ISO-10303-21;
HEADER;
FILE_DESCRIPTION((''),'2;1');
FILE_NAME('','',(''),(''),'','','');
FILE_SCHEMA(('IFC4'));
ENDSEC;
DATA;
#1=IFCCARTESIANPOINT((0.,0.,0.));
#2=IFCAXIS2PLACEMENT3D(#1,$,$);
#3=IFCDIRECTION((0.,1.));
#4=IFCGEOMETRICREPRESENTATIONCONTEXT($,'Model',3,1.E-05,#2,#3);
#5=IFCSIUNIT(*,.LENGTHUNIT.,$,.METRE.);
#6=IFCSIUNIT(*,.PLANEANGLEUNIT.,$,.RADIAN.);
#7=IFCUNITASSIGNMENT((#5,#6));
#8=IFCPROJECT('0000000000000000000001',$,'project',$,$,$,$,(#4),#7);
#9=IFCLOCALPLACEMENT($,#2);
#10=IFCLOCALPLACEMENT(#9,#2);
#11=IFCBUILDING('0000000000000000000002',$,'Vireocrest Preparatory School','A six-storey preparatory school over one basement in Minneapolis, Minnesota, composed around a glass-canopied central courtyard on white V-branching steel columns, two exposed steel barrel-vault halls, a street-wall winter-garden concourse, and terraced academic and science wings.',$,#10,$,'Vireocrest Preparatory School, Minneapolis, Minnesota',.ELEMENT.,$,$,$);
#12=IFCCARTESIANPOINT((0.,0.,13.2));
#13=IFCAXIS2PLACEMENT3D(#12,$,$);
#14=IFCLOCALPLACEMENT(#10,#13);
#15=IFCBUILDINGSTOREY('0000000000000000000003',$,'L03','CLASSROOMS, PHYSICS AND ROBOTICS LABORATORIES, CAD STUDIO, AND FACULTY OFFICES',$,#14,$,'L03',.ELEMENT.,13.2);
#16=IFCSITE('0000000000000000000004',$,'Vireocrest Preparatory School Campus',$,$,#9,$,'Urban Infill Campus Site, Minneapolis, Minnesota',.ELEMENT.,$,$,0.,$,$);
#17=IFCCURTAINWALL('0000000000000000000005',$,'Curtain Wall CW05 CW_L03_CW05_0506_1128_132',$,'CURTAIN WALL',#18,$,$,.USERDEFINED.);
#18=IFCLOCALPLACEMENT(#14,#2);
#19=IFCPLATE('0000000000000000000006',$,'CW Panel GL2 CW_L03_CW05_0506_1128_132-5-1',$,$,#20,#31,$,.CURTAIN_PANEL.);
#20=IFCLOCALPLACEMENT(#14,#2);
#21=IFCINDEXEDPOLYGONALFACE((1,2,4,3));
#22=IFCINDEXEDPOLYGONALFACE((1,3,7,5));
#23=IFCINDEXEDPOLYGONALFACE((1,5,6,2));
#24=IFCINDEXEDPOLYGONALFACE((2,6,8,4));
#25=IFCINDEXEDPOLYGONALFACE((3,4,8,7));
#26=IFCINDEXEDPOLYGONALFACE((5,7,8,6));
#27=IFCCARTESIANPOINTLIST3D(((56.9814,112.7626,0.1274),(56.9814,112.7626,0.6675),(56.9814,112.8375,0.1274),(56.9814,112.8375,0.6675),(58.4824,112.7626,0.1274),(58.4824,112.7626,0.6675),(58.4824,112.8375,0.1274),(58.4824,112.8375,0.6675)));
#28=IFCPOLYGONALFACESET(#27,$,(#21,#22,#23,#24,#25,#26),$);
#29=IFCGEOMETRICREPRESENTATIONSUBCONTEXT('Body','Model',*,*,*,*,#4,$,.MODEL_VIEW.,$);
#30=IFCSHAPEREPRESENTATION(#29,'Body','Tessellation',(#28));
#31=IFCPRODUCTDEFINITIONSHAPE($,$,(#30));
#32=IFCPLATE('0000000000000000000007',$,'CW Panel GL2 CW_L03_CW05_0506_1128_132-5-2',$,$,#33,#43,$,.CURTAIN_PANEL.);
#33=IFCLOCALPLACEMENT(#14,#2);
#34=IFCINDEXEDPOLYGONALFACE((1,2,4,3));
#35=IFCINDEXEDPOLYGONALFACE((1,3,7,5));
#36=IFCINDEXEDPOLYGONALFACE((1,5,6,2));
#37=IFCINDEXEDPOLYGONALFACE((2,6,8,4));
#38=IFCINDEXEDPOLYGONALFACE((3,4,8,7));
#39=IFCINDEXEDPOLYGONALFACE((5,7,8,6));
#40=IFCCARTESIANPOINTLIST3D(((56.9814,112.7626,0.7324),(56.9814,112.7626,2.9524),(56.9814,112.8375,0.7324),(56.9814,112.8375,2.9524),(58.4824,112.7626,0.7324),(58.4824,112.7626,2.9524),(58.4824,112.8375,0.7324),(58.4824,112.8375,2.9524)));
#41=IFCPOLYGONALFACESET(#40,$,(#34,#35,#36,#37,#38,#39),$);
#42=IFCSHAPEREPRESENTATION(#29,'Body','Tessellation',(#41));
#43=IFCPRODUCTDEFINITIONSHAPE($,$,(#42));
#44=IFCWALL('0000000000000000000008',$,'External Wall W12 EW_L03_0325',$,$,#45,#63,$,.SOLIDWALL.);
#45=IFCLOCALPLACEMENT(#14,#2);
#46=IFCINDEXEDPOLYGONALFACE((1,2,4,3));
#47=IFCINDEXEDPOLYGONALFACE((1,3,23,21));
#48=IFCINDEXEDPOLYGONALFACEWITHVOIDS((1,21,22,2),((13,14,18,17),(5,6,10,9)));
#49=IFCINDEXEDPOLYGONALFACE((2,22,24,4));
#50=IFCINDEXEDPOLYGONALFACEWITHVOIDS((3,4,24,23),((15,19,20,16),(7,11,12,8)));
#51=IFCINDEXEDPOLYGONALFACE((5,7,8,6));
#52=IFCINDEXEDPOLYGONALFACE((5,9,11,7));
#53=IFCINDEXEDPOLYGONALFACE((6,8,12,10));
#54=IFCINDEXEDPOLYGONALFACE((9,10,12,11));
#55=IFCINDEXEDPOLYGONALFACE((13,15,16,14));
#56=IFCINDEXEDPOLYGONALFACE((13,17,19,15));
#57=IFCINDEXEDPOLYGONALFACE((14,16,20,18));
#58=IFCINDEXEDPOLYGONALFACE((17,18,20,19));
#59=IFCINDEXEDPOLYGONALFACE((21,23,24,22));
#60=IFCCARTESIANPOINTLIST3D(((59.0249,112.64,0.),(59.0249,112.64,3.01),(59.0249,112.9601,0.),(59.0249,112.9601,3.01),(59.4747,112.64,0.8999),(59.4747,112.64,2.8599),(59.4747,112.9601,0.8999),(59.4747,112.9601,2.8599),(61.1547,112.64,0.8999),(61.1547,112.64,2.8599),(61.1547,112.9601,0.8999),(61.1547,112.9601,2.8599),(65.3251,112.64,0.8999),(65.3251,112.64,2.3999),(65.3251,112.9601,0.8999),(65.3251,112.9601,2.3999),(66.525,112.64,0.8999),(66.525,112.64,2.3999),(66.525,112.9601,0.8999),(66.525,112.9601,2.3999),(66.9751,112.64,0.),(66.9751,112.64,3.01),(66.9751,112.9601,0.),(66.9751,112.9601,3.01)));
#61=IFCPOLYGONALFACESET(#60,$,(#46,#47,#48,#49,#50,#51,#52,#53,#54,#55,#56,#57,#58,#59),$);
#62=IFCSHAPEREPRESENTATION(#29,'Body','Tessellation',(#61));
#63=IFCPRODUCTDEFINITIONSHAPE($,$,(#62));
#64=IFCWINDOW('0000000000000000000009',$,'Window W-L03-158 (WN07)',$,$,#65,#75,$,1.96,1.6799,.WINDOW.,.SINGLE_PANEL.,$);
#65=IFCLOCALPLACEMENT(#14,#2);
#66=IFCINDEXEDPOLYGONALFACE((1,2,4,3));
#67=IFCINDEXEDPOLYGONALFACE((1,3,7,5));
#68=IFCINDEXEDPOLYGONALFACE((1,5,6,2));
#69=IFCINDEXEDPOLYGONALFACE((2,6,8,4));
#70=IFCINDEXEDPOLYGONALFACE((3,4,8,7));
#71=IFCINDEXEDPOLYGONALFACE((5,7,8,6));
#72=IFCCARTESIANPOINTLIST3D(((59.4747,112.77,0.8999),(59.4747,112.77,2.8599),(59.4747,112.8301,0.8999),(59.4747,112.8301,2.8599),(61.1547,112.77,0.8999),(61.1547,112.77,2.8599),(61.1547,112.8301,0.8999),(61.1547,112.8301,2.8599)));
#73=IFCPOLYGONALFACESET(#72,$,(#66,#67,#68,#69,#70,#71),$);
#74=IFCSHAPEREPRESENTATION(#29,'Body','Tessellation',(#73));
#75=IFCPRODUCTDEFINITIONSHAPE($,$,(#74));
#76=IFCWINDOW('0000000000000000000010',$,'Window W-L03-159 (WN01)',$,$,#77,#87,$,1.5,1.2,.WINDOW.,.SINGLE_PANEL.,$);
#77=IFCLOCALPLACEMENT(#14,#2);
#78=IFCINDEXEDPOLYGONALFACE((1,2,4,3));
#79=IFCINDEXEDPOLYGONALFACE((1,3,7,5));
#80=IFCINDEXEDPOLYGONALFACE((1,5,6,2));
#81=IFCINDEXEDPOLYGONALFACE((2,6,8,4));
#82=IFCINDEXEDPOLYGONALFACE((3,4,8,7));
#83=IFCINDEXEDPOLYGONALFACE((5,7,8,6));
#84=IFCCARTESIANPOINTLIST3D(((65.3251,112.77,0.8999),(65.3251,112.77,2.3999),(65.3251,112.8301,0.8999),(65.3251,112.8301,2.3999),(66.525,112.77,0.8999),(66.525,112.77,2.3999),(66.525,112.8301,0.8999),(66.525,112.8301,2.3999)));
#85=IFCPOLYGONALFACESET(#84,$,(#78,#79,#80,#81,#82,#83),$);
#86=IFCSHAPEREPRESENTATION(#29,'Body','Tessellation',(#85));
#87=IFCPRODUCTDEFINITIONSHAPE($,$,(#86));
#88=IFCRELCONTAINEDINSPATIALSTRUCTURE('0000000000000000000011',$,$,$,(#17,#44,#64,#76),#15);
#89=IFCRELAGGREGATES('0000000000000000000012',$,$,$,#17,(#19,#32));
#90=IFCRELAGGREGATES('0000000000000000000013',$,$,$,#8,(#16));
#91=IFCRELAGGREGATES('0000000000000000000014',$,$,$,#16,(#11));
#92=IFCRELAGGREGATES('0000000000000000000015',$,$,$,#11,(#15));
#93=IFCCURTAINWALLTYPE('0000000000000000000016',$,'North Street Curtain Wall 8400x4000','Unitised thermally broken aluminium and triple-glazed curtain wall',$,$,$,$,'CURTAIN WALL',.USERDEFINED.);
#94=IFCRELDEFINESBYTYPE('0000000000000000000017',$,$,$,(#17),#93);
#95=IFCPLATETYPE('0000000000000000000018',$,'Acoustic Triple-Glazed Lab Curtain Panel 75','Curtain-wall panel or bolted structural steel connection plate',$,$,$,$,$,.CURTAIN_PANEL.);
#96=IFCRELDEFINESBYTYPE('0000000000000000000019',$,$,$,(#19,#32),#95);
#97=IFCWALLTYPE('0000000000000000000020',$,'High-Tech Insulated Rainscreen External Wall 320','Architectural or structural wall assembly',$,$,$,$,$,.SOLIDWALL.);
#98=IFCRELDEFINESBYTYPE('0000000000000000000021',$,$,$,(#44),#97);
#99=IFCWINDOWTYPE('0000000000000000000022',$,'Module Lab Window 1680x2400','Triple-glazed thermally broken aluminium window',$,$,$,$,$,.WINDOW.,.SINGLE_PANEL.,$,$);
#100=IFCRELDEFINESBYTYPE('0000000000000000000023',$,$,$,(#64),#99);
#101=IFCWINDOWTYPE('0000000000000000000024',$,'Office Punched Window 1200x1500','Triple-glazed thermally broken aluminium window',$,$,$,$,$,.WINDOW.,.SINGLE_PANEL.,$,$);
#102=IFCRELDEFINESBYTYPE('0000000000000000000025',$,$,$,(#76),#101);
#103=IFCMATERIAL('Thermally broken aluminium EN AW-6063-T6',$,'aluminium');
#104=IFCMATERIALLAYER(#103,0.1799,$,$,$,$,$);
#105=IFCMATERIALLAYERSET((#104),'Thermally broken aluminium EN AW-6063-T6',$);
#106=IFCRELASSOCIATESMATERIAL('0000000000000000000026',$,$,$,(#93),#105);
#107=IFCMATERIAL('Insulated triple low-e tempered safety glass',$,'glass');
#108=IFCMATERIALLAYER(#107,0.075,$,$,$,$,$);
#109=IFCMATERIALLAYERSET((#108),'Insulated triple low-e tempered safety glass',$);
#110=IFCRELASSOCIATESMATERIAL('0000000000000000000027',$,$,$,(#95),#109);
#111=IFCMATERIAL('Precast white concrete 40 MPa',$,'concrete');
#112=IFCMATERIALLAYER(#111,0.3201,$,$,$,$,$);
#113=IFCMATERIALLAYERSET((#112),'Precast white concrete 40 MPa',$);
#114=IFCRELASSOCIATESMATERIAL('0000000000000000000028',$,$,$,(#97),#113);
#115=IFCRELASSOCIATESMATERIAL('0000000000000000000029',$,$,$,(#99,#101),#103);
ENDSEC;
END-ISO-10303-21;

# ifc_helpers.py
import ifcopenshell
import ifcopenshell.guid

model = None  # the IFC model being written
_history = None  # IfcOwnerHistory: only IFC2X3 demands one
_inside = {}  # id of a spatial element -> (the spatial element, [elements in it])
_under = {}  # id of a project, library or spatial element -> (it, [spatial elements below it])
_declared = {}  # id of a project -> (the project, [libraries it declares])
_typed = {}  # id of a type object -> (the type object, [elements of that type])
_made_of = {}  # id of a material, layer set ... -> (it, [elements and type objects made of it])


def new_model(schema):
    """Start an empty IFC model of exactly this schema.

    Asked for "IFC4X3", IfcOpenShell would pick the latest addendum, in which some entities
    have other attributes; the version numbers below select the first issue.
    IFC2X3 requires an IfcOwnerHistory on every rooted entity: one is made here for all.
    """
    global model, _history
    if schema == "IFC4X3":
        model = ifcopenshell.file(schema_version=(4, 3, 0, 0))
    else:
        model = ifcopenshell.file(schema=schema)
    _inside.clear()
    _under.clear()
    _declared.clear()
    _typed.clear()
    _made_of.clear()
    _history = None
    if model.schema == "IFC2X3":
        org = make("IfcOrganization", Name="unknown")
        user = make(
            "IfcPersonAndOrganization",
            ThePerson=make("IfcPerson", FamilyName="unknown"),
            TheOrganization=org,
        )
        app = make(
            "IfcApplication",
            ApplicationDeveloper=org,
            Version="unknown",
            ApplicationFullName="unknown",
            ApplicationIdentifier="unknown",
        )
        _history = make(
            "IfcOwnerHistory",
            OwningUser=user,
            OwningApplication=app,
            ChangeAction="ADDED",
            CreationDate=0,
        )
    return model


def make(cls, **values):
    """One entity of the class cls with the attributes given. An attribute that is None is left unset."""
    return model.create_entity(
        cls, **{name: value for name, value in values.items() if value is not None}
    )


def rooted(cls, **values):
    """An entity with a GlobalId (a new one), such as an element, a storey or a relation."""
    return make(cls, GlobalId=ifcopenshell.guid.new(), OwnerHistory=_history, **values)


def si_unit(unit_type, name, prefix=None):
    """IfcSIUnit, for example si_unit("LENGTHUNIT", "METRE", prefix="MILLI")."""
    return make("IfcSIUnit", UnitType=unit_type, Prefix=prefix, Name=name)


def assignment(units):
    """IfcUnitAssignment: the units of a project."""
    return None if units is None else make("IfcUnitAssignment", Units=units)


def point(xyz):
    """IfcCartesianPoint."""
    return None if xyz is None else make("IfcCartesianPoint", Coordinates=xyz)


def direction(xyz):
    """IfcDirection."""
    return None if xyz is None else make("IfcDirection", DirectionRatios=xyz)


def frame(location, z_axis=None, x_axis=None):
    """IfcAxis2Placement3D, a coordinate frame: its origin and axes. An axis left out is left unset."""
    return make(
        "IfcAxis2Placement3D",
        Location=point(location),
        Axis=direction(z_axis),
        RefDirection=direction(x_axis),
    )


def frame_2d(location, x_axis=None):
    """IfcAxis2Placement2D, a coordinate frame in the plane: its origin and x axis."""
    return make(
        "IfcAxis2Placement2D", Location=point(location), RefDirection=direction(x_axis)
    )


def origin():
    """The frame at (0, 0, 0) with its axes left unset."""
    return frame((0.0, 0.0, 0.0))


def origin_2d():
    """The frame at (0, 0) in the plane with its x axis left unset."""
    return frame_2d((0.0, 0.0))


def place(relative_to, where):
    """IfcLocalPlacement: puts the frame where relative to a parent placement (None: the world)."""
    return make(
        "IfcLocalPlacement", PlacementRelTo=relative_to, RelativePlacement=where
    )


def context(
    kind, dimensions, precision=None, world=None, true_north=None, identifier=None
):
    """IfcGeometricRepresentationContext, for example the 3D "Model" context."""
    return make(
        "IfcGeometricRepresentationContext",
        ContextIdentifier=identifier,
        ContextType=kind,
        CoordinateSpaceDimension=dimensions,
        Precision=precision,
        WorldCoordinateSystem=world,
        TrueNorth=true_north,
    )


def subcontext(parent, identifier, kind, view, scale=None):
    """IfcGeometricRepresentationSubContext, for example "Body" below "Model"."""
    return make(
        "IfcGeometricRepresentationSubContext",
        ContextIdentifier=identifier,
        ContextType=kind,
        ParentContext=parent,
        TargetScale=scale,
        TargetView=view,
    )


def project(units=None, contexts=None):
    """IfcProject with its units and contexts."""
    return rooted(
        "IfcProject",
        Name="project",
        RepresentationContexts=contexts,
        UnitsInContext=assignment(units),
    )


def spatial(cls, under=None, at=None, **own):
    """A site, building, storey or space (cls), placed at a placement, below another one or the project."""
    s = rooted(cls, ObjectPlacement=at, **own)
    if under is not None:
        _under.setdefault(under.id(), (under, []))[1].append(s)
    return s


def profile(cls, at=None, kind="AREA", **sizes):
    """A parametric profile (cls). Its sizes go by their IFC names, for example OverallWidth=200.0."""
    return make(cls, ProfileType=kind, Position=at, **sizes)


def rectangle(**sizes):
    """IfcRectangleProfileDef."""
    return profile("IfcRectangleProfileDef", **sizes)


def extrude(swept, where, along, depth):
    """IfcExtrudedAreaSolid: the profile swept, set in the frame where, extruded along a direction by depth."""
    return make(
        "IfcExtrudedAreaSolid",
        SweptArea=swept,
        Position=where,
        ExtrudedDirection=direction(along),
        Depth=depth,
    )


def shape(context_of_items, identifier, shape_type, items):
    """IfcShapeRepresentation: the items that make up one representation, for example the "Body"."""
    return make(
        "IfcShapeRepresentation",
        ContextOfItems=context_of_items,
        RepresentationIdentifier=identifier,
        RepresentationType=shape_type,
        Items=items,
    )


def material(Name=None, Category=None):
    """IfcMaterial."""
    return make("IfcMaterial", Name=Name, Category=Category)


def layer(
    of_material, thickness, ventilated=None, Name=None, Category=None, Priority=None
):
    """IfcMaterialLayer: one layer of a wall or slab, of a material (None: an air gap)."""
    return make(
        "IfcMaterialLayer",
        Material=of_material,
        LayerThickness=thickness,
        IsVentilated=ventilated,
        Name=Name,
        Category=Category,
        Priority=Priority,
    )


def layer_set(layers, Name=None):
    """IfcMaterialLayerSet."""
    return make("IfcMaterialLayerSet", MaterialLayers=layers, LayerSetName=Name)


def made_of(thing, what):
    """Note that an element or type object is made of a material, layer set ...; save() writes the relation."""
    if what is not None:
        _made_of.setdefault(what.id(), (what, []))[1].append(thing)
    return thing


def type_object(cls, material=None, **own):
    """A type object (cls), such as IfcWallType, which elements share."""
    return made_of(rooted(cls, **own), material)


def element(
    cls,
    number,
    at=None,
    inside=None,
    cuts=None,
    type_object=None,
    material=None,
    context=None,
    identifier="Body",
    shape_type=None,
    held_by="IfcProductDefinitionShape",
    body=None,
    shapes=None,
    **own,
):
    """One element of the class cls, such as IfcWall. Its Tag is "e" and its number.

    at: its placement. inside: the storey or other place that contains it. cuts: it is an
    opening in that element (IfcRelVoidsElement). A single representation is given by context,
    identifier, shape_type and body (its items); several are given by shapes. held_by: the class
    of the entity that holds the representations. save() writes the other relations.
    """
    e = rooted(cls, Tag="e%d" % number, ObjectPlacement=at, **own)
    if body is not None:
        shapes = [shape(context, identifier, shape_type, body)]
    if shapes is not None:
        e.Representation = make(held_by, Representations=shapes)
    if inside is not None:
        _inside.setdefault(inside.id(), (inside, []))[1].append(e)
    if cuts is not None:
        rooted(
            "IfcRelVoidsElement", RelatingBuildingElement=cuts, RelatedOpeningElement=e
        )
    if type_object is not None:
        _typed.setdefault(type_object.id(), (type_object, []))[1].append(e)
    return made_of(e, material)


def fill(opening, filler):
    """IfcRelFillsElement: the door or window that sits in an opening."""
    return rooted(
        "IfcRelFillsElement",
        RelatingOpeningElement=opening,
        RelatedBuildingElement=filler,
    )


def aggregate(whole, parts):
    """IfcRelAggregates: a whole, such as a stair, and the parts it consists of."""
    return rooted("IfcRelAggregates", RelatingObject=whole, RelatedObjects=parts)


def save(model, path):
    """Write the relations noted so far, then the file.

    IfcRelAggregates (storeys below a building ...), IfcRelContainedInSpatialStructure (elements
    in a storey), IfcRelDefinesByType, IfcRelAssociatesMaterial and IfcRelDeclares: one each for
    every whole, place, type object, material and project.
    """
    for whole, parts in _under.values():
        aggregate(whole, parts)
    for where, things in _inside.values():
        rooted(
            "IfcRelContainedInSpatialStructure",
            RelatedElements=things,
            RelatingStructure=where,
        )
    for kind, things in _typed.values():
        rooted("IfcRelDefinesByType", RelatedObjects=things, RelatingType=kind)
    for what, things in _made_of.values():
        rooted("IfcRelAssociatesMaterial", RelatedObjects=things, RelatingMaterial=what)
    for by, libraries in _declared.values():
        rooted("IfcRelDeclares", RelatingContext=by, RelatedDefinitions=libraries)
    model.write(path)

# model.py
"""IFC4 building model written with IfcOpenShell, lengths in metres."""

from ifc_helpers import new_model, si_unit, direction, frame, frame_2d, origin, origin_2d, place, context, subcontext, project, spatial, rectangle, extrude, material, layer, layer_set, type_object, element, fill, aggregate, save


model = new_model("IFC4")

# Units and contexts
model_context = context("Model", 3, precision=1e-05, world=origin(), true_north=direction((0.0, 1.0)))
body_context = subcontext(model_context, "Body", "Model", "MODEL_VIEW")
ifc_project = project(units=[si_unit("LENGTHUNIT", "METRE"), si_unit("PLANEANGLEUNIT", "RADIAN")], contexts=[model_context])

# Site, building, storey
site_placement = place(None, origin())
site = spatial("IfcSite", under=ifc_project, at=site_placement, Name="Vireocrest Preparatory School Campus", LongName="Urban Infill Campus Site, Minneapolis, Minnesota", CompositionType="ELEMENT", RefElevation=0.0)
building_placement = place(site_placement, origin())
building = spatial("IfcBuilding", under=site, at=building_placement, Name="Vireocrest Preparatory School", Description="A six-storey preparatory school over one basement in Minneapolis, Minnesota, composed around a glass-canopied central courtyard on white V-branching steel columns, two exposed steel barrel-vault halls, a street-wall winter-garden concourse, and terraced academic and science wings.", LongName="Vireocrest Preparatory School, Minneapolis, Minnesota", CompositionType="ELEMENT")
storey_placement = place(building_placement, frame((0.0, 0.0, 13.2)))
storey = spatial("IfcBuildingStorey", under=building, at=storey_placement, Name="L03", Description="CLASSROOMS, PHYSICS AND ROBOTICS LABORATORIES, CAD STUDIO, AND FACULTY OFFICES", LongName="L03", CompositionType="ELEMENT", Elevation=13.2)

# Curtain wall
ifc_material_1 = material(Name="Thermally broken aluminium EN AW-6063-T6", Category="aluminium")
ifc_layer_1 = layer(ifc_material_1, 0.1799)
ifc_layer_set_1 = layer_set([ifc_layer_1], Name="Thermally broken aluminium EN AW-6063-T6")
curtain_wall_type = type_object("IfcCurtainWallType", Name="North Street Curtain Wall 8400x4000", Description="Unitised thermally broken aluminium and triple-glazed curtain wall", ElementType="CURTAIN WALL", PredefinedType="USERDEFINED", material=ifc_layer_set_1)
curtain_wall_placement = place(storey_placement, origin())
curtain_wall = element("IfcCurtainWall", 1, at=curtain_wall_placement, inside=storey, type_object=curtain_wall_type, Name="Curtain Wall CW05 CW_L03_CW05_0506_1128_132", ObjectType="CURTAIN WALL", PredefinedType="USERDEFINED")

# Plates
ifc_material_2 = material(Name="Insulated triple low-e tempered safety glass", Category="glass")
ifc_layer_2 = layer(ifc_material_2, 0.075)
ifc_layer_set_2 = layer_set([ifc_layer_2], Name="Insulated triple low-e tempered safety glass")
plate_type = type_object("IfcPlateType", Name="Acoustic Triple-Glazed Lab Curtain Panel 75", Description="Curtain-wall panel or bolted structural steel connection plate", PredefinedType="CURTAIN_PANEL", material=ifc_layer_set_2)
plate_1_placement = place(storey_placement, frame((57.7319, 112.8, 0.1274), z_axis=(0.0, 0.0, 1.0), x_axis=(1.0, 0.0, 0.0)))
plate_1 = element("IfcPlate", 2, at=plate_1_placement, type_object=plate_type, Name="CW Panel GL2 CW_L03_CW05_0506_1128_132-5-1", PredefinedType="CURTAIN_PANEL", context=body_context, shape_type="SweptSolid", body=[
    extrude(rectangle(XDim=1.501, YDim=0.075, at=origin_2d()), origin(), (0.0, 0.0, 1.0), 0.54),
])
plate_2_placement = place(storey_placement, frame((57.7319, 112.8, 0.7324), z_axis=(0.0, 0.0, 1.0), x_axis=(1.0, 0.0, 0.0)))
plate_2 = element("IfcPlate", 3, at=plate_2_placement, type_object=plate_type, Name="CW Panel GL2 CW_L03_CW05_0506_1128_132-5-2", PredefinedType="CURTAIN_PANEL", context=body_context, shape_type="SweptSolid", body=[
    extrude(rectangle(XDim=1.501, YDim=0.075, at=origin_2d()), origin(), (0.0, 0.0, 1.0), 2.22),
])
aggregate(curtain_wall, [plate_1, plate_2])

# Wall, openings, windows
ifc_material_3 = material(Name="Precast white concrete 40 MPa", Category="concrete")
ifc_layer_3 = layer(ifc_material_3, 0.3201)
ifc_layer_set_3 = layer_set([ifc_layer_3], Name="Precast white concrete 40 MPa")
wall_type = type_object("IfcWallType", Name="High-Tech Insulated Rainscreen External Wall 320", Description="Architectural or structural wall assembly", PredefinedType="SOLIDWALL", material=ifc_layer_set_3)
wall_placement = place(storey_placement, frame((59.0249, 112.8, 0.0), z_axis=(0.0, 0.0, 1.0), x_axis=(1.0, 0.0, 0.0)))
wall = element("IfcWall", 4, at=wall_placement, inside=storey, type_object=wall_type, Name="External Wall W12 EW_L03_0325", PredefinedType="SOLIDWALL", context=body_context, shape_type="SweptSolid", body=[
    extrude(rectangle(XDim=7.9502, YDim=0.3201, at=frame_2d((3.9751, 0.0))), origin(), (0.0, 0.0, 1.0), 3.01),
])
opening_1_placement = place(wall_placement, frame((0.45, 0.0, 0.8999)))
opening_1 = element("IfcOpeningElement", 5, at=opening_1_placement, cuts=wall, PredefinedType="OPENING", context=body_context, shape_type="SweptSolid", body=[
    extrude(rectangle(XDim=1.6799, YDim=1.96, at=frame_2d((0.8398, 0.98))), frame((0.0, 0.1699, 0.0), z_axis=(0.0, -1.0, 0.0), x_axis=(1.0, 0.0, 0.0)), (0.0, 0.0, 1.0), 0.3401),
])
opening_2_placement = place(wall_placement, frame((6.3, 0.0, 0.8999)))
opening_2 = element("IfcOpeningElement", 6, at=opening_2_placement, cuts=wall, PredefinedType="OPENING", context=body_context, shape_type="SweptSolid", body=[
    extrude(rectangle(XDim=1.2, YDim=1.5, at=frame_2d((0.6001, 0.75))), frame((0.0, 0.1699, 0.0), z_axis=(0.0, -1.0, 0.0), x_axis=(1.0, 0.0, 0.0)), (0.0, 0.0, 1.0), 0.3401),
])
window_type_1 = type_object("IfcWindowType", Name="Module Lab Window 1680x2400", Description="Triple-glazed thermally broken aluminium window", PartitioningType="SINGLE_PANEL", PredefinedType="WINDOW", material=ifc_material_1)
window_1_placement = place(opening_1_placement, origin())
window_1 = element("IfcWindow", 7, at=window_1_placement, inside=storey, type_object=window_type_1, Name="Window W-L03-158 (WN07)", OverallHeight=1.96, OverallWidth=1.6799, PartitioningType="SINGLE_PANEL", PredefinedType="WINDOW", context=body_context, shape_type="SweptSolid", body=[
    extrude(rectangle(XDim=1.6799, YDim=1.96, at=frame_2d((0.8398, 0.98))), frame((0.0, 0.03, 0.0), z_axis=(0.0, -1.0, 0.0), x_axis=(1.0, 0.0, 0.0)), (0.0, 0.0, 1.0), 0.0601),
])
fill(opening_1, window_1)
window_type_2 = type_object("IfcWindowType", Name="Office Punched Window 1200x1500", Description="Triple-glazed thermally broken aluminium window", PartitioningType="SINGLE_PANEL", PredefinedType="WINDOW", material=ifc_material_1)
window_2_placement = place(opening_2_placement, origin())
window_2 = element("IfcWindow", 8, at=window_2_placement, inside=storey, type_object=window_type_2, Name="Window W-L03-159 (WN01)", OverallHeight=1.5, OverallWidth=1.2, PartitioningType="SINGLE_PANEL", PredefinedType="WINDOW", context=body_context, shape_type="SweptSolid", body=[
    extrude(rectangle(XDim=1.2, YDim=1.5, at=frame_2d((0.6001, 0.75))), frame((0.0, 0.03, 0.0), z_axis=(0.0, -1.0, 0.0), x_axis=(1.0, 0.0, 0.0)), (0.0, 0.0, 1.0), 0.0601),
])
fill(opening_2, window_2)

save(model, "model.ifc")
